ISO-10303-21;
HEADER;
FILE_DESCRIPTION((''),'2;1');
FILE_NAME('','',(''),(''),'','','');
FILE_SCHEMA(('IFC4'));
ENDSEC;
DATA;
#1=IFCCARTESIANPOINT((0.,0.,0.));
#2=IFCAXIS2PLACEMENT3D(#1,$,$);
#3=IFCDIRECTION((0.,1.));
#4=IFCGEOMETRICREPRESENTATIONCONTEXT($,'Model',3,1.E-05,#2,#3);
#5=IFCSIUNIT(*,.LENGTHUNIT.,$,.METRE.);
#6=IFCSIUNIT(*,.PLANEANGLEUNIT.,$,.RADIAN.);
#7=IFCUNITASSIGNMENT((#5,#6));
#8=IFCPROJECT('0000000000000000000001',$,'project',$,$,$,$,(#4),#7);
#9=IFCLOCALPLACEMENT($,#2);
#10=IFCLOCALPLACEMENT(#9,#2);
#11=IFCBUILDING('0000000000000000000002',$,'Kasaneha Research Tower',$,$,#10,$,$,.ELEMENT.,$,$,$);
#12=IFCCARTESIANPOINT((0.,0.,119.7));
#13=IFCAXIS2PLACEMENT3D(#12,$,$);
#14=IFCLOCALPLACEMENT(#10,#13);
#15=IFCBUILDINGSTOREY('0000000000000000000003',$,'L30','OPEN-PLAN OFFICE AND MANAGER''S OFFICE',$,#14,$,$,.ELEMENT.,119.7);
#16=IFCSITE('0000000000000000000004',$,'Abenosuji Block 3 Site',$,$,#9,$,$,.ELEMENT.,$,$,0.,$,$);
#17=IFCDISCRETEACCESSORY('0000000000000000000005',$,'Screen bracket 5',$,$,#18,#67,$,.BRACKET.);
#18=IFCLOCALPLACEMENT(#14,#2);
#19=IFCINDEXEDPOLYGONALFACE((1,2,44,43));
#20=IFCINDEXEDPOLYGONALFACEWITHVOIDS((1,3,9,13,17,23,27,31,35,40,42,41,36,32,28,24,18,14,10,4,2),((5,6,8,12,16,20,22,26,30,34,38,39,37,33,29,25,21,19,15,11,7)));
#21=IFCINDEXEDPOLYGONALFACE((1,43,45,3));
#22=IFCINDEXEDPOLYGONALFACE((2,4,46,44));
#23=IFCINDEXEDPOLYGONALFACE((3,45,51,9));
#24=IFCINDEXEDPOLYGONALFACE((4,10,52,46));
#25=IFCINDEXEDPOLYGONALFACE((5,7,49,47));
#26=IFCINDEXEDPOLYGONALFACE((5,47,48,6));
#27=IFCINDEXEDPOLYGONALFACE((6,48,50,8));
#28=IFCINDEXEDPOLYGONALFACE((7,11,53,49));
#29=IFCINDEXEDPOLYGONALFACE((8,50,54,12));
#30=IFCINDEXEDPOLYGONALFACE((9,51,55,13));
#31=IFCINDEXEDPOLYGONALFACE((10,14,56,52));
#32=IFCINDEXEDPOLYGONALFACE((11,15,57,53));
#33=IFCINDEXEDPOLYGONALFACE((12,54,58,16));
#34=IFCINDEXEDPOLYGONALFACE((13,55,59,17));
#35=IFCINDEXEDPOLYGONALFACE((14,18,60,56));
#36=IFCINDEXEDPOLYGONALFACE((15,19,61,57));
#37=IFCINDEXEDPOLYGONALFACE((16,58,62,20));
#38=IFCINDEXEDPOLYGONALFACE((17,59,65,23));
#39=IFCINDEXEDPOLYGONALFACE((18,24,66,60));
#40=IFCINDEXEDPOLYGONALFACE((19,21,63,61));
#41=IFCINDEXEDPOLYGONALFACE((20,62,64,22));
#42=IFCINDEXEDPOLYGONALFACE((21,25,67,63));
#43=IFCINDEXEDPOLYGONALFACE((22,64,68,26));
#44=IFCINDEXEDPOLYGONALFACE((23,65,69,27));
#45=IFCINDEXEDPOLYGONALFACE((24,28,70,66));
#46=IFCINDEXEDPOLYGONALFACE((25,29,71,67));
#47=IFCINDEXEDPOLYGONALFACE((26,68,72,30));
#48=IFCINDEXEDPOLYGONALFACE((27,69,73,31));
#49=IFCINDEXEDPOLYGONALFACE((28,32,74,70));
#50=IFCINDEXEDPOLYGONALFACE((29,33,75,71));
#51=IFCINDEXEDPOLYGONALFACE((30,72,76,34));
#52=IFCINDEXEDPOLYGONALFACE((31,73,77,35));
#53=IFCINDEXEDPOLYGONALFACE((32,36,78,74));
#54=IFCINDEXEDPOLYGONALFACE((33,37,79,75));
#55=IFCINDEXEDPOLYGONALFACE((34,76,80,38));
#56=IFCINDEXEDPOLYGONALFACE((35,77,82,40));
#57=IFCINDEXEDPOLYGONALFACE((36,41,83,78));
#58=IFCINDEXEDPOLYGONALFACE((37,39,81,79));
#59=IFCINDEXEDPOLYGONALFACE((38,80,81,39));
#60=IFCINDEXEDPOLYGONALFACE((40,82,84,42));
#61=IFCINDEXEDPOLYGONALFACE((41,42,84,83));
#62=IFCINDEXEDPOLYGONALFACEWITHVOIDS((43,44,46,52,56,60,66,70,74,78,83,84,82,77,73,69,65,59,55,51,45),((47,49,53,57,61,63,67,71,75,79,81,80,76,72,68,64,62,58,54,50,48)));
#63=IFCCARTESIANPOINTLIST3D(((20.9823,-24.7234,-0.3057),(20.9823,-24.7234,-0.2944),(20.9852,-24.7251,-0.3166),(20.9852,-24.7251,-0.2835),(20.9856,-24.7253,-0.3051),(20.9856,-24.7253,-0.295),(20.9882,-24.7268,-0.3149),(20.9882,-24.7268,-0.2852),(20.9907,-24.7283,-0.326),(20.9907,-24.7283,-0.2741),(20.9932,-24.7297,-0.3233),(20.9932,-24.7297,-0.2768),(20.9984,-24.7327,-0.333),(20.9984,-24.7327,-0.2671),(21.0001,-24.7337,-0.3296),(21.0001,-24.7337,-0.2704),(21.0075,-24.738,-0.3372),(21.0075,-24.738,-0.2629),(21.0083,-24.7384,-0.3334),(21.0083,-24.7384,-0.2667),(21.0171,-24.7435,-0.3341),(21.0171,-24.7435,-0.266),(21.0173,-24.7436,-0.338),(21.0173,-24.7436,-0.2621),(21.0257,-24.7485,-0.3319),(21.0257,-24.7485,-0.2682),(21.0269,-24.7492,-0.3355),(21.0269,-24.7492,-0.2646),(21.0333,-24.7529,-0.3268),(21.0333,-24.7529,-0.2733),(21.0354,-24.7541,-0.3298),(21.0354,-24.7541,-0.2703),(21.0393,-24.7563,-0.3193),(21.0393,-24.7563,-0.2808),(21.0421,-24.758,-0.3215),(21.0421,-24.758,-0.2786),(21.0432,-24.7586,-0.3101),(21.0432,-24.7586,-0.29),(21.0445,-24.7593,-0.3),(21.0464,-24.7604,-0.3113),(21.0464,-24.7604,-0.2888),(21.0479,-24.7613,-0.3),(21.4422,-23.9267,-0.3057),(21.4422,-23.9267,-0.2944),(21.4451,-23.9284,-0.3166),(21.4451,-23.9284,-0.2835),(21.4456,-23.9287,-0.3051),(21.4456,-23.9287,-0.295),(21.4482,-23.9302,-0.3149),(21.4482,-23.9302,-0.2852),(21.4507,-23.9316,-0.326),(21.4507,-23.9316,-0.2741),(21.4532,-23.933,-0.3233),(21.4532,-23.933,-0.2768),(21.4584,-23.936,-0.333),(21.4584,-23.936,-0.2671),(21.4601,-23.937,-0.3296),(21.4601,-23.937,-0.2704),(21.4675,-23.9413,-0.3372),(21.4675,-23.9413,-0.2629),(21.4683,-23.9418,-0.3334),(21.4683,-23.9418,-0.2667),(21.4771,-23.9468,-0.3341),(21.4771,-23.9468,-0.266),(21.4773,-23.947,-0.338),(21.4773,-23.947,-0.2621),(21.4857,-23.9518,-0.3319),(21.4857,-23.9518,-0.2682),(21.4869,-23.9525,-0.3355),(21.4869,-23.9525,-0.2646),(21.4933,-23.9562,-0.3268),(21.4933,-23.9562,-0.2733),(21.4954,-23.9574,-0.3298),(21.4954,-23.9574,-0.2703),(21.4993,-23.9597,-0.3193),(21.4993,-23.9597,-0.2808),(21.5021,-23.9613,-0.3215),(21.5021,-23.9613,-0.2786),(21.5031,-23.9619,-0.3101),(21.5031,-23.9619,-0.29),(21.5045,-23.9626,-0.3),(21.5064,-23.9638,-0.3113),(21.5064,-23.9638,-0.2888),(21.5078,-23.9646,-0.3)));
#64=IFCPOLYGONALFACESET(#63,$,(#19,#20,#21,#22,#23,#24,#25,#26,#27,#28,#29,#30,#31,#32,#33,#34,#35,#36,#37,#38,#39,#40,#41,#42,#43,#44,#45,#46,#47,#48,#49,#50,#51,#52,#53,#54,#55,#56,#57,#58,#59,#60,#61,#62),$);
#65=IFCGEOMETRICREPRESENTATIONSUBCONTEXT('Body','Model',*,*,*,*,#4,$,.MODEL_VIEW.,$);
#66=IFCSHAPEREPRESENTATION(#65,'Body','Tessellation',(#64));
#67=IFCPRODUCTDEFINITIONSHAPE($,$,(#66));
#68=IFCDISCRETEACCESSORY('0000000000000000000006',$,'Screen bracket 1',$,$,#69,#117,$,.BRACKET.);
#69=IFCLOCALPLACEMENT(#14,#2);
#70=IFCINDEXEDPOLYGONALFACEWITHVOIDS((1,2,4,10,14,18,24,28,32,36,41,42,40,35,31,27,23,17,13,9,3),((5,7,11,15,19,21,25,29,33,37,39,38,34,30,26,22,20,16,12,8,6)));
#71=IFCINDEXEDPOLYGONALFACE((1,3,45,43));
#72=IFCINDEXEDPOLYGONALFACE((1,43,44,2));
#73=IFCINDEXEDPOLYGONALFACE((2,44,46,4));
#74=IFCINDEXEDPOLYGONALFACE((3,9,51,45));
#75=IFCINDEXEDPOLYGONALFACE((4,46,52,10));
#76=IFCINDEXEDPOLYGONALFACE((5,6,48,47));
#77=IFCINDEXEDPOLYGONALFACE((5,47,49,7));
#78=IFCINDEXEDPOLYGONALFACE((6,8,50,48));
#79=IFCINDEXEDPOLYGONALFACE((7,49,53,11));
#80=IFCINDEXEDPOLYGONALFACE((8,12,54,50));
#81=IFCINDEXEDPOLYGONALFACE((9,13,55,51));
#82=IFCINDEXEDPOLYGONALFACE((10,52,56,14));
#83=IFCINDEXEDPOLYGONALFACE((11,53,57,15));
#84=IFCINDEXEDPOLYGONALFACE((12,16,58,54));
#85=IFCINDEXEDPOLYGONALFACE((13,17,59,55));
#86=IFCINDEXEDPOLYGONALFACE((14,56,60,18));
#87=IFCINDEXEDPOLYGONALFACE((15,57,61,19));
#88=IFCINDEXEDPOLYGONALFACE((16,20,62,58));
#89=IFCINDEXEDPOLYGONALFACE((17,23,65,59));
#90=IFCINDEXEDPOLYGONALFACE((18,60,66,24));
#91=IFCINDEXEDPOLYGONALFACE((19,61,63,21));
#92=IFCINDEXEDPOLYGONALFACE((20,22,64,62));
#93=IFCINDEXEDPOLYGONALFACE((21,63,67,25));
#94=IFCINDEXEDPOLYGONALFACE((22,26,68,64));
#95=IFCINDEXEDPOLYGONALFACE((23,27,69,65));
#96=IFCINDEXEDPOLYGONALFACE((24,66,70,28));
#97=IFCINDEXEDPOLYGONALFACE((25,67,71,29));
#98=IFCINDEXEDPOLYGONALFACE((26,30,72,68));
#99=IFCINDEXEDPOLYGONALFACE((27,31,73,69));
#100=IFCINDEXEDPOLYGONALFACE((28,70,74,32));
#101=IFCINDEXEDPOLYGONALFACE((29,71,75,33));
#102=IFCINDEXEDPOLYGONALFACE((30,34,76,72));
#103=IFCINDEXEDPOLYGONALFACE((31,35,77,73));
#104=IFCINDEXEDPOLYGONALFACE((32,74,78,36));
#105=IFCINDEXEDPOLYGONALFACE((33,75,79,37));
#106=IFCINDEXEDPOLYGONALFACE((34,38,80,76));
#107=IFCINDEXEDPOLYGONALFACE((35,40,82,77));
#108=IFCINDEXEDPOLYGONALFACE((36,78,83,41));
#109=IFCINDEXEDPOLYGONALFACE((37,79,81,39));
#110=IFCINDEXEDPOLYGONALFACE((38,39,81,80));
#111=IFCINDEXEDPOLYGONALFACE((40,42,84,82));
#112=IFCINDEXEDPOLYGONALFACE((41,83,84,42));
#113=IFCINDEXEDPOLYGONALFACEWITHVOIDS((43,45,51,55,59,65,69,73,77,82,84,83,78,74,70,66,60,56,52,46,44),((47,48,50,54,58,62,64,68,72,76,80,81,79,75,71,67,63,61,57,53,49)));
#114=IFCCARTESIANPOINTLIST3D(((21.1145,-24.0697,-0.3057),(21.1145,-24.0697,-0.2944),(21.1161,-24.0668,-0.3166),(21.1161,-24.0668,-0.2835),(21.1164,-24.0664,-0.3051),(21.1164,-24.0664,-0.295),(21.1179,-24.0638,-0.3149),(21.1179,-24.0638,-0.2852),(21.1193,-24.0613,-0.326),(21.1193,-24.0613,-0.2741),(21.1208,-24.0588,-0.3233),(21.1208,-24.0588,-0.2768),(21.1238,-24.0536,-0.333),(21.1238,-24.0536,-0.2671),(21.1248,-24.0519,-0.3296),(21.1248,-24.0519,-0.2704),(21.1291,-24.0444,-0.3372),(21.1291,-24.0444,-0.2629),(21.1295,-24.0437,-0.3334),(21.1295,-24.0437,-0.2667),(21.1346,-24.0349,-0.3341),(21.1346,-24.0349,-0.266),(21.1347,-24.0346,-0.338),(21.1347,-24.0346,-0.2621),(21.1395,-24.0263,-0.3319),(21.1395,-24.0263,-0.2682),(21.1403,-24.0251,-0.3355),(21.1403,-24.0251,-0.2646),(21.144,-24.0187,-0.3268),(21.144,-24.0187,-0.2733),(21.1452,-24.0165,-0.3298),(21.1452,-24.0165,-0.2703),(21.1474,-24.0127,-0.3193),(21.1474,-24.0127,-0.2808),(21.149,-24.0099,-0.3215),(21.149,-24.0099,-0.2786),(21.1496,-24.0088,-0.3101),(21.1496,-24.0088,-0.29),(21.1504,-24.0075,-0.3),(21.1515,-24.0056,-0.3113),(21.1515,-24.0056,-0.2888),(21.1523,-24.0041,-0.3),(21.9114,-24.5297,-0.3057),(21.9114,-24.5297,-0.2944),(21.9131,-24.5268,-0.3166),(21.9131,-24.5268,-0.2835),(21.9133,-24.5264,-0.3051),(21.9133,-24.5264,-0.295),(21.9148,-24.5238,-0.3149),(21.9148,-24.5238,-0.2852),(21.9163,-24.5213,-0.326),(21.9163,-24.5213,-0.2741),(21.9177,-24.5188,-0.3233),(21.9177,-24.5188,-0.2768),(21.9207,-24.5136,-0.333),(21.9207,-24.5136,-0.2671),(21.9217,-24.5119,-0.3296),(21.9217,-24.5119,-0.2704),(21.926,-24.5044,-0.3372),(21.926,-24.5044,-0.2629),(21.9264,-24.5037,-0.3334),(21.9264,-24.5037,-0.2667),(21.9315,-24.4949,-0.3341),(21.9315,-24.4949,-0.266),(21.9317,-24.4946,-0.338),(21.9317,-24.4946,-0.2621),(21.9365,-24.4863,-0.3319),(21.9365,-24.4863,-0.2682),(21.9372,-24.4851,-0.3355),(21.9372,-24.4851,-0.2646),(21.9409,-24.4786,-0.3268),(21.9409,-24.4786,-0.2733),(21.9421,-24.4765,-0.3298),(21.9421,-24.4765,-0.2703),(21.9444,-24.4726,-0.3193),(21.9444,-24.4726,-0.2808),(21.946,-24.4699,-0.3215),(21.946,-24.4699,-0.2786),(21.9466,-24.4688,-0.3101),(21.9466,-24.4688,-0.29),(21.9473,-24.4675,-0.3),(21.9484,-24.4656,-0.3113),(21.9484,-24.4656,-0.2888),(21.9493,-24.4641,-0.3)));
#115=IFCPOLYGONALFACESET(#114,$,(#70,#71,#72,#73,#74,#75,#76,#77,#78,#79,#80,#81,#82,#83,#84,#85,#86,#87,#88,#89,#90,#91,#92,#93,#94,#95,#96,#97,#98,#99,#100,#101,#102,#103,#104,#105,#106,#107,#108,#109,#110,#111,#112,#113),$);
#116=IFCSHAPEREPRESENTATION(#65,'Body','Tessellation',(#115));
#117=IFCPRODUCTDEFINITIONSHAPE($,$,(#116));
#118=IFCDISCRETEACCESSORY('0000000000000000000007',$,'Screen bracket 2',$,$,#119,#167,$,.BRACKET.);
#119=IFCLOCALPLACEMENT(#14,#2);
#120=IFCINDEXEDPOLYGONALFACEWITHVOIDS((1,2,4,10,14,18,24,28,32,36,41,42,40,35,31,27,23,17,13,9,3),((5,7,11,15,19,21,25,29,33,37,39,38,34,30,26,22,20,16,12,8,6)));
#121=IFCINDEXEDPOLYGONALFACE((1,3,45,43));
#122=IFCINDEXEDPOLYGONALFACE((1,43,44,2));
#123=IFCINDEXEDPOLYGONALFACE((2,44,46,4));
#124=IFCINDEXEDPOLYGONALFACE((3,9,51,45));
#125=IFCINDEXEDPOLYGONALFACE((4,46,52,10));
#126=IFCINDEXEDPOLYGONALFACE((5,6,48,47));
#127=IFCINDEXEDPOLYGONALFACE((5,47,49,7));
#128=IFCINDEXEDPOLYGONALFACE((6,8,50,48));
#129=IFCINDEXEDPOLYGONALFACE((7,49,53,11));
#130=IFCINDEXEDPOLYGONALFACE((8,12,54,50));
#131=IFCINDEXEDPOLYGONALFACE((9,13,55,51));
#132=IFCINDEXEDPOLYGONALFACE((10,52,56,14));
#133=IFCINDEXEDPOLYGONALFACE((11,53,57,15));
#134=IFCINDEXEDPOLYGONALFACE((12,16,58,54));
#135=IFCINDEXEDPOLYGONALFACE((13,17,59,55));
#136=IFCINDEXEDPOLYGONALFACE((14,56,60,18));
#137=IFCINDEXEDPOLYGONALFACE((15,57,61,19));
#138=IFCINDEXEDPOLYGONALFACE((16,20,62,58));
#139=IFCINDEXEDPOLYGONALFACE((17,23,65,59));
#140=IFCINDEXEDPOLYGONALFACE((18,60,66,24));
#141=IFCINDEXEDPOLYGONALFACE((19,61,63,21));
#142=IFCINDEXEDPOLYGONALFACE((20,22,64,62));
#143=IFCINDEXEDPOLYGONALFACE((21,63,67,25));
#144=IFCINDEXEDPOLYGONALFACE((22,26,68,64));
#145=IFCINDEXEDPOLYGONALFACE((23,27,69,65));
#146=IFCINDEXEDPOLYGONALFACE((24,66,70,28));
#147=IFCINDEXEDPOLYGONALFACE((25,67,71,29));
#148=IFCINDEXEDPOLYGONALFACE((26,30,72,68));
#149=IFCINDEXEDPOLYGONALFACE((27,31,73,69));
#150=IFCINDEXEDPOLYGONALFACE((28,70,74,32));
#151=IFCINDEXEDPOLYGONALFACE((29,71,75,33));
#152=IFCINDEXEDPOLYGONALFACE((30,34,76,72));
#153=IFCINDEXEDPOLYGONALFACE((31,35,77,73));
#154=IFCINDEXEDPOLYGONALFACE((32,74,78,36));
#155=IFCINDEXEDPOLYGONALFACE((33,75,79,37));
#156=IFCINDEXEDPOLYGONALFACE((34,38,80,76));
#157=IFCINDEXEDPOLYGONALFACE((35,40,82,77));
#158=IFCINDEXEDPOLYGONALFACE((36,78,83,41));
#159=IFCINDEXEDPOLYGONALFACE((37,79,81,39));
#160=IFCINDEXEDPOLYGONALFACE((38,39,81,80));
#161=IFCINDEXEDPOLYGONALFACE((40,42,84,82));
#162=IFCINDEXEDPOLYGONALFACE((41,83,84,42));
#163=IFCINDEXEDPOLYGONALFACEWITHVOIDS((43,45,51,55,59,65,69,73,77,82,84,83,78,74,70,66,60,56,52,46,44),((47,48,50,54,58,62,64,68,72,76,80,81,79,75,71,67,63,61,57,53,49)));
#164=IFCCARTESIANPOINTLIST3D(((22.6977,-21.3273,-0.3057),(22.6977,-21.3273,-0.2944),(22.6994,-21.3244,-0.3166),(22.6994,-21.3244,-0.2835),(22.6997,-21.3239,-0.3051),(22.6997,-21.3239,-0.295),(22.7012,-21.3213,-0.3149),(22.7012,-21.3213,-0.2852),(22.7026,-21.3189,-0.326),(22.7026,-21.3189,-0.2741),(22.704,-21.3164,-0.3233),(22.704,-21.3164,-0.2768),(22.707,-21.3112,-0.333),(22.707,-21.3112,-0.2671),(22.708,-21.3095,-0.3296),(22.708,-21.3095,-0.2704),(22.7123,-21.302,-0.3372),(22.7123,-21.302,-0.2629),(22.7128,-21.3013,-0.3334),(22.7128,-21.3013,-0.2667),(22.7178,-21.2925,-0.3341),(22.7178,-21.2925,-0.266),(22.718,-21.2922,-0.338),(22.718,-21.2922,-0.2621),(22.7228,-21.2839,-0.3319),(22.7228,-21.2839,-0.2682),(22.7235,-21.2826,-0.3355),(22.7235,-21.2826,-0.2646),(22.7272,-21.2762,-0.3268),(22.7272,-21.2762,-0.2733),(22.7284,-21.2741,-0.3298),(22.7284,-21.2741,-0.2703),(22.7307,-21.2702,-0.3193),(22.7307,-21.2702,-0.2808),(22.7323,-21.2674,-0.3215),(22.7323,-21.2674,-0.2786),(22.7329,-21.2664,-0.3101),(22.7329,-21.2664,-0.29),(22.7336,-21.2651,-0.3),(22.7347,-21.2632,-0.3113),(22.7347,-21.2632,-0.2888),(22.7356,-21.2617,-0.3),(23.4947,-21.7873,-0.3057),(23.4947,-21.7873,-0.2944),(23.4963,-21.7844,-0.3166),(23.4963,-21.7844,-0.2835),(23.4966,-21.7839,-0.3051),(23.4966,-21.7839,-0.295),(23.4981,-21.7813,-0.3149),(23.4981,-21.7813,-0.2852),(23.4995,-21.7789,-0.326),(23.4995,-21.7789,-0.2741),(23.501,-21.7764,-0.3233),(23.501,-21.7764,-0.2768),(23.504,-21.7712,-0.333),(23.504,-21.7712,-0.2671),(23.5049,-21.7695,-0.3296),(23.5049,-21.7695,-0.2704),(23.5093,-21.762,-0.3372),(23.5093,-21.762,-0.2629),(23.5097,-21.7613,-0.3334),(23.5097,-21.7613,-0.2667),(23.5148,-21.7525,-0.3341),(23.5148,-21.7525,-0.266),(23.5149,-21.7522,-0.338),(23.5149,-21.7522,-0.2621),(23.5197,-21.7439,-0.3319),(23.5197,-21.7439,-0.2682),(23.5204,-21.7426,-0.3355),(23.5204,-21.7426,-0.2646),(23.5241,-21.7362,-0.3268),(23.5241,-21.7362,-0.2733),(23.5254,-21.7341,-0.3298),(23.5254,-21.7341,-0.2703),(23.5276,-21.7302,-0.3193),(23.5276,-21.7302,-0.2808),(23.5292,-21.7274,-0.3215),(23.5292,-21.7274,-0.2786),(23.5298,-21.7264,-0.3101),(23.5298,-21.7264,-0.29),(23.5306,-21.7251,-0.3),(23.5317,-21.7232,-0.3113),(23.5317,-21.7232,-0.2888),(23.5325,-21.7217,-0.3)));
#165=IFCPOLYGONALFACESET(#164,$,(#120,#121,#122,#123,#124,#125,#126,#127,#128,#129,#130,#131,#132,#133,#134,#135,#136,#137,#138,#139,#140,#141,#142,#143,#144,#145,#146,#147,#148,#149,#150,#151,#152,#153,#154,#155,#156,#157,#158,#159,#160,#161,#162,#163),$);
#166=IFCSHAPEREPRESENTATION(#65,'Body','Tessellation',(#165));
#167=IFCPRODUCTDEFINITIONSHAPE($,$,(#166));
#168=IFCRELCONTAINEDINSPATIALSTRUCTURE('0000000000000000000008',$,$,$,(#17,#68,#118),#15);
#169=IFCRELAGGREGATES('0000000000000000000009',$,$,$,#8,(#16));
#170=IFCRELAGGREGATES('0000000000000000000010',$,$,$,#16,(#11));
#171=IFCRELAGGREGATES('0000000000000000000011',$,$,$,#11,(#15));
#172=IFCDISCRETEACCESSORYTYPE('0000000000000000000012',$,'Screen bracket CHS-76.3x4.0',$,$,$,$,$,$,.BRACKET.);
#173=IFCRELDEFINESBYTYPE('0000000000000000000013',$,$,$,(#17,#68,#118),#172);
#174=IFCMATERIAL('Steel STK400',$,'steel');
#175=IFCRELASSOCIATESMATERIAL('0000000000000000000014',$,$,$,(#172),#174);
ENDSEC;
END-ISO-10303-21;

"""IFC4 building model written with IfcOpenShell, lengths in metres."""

from ifc_helpers import new_model, si_unit, direction, frame, origin, origin_2d, place, context, subcontext, project, spatial, hollow_circle, extrude, material, material_profile, profile_set, type_object, element, save


model = new_model("IFC4")

# Units and contexts
model_context = context("Model", 3, precision=1e-05, world=origin(), true_north=direction((0.0, 1.0)))
body_context = subcontext(model_context, "Body", "Model", "MODEL_VIEW")
ifc_project = project(units=[si_unit("LENGTHUNIT", "METRE"), si_unit("PLANEANGLEUNIT", "RADIAN")], contexts=[model_context])

# Site, building, storey
site_placement = place(None, origin())
site = spatial("IfcSite", under=ifc_project, at=site_placement, Name="Abenosuji Block 3 Site", CompositionType="ELEMENT", RefElevation=0.0)
building_placement = place(site_placement, origin())
building = spatial("IfcBuilding", under=site, at=building_placement, Name="Kasaneha Research Tower", CompositionType="ELEMENT")
storey_placement = place(building_placement, frame((0.0, 0.0, 119.7)))
storey = spatial("IfcBuildingStorey", under=building, at=storey_placement, Name="L30", Description="OPEN-PLAN OFFICE AND MANAGER'S OFFICE", CompositionType="ELEMENT", Elevation=119.7)

# Discrete accessories
ifc_material_1 = material(Name="Steel STK400", Category="steel")
ifc_material_profile_1 = material_profile(ifc_material_1, hollow_circle(Radius=0.0381, WallThickness=0.0039, at=origin_2d()), Name="CHS-76.3x4.0")
ifc_profile_set_1 = profile_set([ifc_material_profile_1], Name="Steel STK400")
discrete_accessory_type = type_object("IfcDiscreteAccessoryType", Name="Screen bracket CHS-76.3x4.0", PredefinedType="BRACKET", material=ifc_profile_set_1)
discrete_accessory_1_placement = place(storey_placement, frame((21.4749, -23.9456, -0.3), z_axis=(-0.500021, -0.866013, 0.0), x_axis=(0.866013, -0.500021, 0.0)))
element("IfcDiscreteAccessory", 1, at=discrete_accessory_1_placement, inside=storey, type_object=discrete_accessory_type, Name="Screen bracket 5", PredefinedType="BRACKET", context=body_context, shape_type="SweptSolid", body=[
    extrude(hollow_circle(Radius=0.0381, WallThickness=0.0039, at=origin_2d()), origin(), (0.0, 0.0, 1.0), 0.9199),
])
for number, where, z_axis, x_axis, name in (
    (2, (21.1333, -24.0371, -0.3), (0.86608, -0.499906, 0.0), (0.499906, 0.86608, 0.0), "Screen bracket 1"),
    (3, (22.7166, -21.2947, -0.3), (0.86608, -0.499906, 0.0), (0.499906, 0.86608, 0.0), "Screen bracket 2"),
):
    element("IfcDiscreteAccessory", number, at=place(storey_placement, frame(where, z_axis=z_axis, x_axis=x_axis)), inside=storey, type_object=discrete_accessory_type, Name=name, PredefinedType="BRACKET", context=body_context, shape_type="SweptSolid", body=[
        extrude(hollow_circle(Radius=0.0381, WallThickness=0.0039, at=origin_2d()), origin(), (0.0, 0.0, 1.0), 0.9202),
    ])

save(model, "model.ifc")
